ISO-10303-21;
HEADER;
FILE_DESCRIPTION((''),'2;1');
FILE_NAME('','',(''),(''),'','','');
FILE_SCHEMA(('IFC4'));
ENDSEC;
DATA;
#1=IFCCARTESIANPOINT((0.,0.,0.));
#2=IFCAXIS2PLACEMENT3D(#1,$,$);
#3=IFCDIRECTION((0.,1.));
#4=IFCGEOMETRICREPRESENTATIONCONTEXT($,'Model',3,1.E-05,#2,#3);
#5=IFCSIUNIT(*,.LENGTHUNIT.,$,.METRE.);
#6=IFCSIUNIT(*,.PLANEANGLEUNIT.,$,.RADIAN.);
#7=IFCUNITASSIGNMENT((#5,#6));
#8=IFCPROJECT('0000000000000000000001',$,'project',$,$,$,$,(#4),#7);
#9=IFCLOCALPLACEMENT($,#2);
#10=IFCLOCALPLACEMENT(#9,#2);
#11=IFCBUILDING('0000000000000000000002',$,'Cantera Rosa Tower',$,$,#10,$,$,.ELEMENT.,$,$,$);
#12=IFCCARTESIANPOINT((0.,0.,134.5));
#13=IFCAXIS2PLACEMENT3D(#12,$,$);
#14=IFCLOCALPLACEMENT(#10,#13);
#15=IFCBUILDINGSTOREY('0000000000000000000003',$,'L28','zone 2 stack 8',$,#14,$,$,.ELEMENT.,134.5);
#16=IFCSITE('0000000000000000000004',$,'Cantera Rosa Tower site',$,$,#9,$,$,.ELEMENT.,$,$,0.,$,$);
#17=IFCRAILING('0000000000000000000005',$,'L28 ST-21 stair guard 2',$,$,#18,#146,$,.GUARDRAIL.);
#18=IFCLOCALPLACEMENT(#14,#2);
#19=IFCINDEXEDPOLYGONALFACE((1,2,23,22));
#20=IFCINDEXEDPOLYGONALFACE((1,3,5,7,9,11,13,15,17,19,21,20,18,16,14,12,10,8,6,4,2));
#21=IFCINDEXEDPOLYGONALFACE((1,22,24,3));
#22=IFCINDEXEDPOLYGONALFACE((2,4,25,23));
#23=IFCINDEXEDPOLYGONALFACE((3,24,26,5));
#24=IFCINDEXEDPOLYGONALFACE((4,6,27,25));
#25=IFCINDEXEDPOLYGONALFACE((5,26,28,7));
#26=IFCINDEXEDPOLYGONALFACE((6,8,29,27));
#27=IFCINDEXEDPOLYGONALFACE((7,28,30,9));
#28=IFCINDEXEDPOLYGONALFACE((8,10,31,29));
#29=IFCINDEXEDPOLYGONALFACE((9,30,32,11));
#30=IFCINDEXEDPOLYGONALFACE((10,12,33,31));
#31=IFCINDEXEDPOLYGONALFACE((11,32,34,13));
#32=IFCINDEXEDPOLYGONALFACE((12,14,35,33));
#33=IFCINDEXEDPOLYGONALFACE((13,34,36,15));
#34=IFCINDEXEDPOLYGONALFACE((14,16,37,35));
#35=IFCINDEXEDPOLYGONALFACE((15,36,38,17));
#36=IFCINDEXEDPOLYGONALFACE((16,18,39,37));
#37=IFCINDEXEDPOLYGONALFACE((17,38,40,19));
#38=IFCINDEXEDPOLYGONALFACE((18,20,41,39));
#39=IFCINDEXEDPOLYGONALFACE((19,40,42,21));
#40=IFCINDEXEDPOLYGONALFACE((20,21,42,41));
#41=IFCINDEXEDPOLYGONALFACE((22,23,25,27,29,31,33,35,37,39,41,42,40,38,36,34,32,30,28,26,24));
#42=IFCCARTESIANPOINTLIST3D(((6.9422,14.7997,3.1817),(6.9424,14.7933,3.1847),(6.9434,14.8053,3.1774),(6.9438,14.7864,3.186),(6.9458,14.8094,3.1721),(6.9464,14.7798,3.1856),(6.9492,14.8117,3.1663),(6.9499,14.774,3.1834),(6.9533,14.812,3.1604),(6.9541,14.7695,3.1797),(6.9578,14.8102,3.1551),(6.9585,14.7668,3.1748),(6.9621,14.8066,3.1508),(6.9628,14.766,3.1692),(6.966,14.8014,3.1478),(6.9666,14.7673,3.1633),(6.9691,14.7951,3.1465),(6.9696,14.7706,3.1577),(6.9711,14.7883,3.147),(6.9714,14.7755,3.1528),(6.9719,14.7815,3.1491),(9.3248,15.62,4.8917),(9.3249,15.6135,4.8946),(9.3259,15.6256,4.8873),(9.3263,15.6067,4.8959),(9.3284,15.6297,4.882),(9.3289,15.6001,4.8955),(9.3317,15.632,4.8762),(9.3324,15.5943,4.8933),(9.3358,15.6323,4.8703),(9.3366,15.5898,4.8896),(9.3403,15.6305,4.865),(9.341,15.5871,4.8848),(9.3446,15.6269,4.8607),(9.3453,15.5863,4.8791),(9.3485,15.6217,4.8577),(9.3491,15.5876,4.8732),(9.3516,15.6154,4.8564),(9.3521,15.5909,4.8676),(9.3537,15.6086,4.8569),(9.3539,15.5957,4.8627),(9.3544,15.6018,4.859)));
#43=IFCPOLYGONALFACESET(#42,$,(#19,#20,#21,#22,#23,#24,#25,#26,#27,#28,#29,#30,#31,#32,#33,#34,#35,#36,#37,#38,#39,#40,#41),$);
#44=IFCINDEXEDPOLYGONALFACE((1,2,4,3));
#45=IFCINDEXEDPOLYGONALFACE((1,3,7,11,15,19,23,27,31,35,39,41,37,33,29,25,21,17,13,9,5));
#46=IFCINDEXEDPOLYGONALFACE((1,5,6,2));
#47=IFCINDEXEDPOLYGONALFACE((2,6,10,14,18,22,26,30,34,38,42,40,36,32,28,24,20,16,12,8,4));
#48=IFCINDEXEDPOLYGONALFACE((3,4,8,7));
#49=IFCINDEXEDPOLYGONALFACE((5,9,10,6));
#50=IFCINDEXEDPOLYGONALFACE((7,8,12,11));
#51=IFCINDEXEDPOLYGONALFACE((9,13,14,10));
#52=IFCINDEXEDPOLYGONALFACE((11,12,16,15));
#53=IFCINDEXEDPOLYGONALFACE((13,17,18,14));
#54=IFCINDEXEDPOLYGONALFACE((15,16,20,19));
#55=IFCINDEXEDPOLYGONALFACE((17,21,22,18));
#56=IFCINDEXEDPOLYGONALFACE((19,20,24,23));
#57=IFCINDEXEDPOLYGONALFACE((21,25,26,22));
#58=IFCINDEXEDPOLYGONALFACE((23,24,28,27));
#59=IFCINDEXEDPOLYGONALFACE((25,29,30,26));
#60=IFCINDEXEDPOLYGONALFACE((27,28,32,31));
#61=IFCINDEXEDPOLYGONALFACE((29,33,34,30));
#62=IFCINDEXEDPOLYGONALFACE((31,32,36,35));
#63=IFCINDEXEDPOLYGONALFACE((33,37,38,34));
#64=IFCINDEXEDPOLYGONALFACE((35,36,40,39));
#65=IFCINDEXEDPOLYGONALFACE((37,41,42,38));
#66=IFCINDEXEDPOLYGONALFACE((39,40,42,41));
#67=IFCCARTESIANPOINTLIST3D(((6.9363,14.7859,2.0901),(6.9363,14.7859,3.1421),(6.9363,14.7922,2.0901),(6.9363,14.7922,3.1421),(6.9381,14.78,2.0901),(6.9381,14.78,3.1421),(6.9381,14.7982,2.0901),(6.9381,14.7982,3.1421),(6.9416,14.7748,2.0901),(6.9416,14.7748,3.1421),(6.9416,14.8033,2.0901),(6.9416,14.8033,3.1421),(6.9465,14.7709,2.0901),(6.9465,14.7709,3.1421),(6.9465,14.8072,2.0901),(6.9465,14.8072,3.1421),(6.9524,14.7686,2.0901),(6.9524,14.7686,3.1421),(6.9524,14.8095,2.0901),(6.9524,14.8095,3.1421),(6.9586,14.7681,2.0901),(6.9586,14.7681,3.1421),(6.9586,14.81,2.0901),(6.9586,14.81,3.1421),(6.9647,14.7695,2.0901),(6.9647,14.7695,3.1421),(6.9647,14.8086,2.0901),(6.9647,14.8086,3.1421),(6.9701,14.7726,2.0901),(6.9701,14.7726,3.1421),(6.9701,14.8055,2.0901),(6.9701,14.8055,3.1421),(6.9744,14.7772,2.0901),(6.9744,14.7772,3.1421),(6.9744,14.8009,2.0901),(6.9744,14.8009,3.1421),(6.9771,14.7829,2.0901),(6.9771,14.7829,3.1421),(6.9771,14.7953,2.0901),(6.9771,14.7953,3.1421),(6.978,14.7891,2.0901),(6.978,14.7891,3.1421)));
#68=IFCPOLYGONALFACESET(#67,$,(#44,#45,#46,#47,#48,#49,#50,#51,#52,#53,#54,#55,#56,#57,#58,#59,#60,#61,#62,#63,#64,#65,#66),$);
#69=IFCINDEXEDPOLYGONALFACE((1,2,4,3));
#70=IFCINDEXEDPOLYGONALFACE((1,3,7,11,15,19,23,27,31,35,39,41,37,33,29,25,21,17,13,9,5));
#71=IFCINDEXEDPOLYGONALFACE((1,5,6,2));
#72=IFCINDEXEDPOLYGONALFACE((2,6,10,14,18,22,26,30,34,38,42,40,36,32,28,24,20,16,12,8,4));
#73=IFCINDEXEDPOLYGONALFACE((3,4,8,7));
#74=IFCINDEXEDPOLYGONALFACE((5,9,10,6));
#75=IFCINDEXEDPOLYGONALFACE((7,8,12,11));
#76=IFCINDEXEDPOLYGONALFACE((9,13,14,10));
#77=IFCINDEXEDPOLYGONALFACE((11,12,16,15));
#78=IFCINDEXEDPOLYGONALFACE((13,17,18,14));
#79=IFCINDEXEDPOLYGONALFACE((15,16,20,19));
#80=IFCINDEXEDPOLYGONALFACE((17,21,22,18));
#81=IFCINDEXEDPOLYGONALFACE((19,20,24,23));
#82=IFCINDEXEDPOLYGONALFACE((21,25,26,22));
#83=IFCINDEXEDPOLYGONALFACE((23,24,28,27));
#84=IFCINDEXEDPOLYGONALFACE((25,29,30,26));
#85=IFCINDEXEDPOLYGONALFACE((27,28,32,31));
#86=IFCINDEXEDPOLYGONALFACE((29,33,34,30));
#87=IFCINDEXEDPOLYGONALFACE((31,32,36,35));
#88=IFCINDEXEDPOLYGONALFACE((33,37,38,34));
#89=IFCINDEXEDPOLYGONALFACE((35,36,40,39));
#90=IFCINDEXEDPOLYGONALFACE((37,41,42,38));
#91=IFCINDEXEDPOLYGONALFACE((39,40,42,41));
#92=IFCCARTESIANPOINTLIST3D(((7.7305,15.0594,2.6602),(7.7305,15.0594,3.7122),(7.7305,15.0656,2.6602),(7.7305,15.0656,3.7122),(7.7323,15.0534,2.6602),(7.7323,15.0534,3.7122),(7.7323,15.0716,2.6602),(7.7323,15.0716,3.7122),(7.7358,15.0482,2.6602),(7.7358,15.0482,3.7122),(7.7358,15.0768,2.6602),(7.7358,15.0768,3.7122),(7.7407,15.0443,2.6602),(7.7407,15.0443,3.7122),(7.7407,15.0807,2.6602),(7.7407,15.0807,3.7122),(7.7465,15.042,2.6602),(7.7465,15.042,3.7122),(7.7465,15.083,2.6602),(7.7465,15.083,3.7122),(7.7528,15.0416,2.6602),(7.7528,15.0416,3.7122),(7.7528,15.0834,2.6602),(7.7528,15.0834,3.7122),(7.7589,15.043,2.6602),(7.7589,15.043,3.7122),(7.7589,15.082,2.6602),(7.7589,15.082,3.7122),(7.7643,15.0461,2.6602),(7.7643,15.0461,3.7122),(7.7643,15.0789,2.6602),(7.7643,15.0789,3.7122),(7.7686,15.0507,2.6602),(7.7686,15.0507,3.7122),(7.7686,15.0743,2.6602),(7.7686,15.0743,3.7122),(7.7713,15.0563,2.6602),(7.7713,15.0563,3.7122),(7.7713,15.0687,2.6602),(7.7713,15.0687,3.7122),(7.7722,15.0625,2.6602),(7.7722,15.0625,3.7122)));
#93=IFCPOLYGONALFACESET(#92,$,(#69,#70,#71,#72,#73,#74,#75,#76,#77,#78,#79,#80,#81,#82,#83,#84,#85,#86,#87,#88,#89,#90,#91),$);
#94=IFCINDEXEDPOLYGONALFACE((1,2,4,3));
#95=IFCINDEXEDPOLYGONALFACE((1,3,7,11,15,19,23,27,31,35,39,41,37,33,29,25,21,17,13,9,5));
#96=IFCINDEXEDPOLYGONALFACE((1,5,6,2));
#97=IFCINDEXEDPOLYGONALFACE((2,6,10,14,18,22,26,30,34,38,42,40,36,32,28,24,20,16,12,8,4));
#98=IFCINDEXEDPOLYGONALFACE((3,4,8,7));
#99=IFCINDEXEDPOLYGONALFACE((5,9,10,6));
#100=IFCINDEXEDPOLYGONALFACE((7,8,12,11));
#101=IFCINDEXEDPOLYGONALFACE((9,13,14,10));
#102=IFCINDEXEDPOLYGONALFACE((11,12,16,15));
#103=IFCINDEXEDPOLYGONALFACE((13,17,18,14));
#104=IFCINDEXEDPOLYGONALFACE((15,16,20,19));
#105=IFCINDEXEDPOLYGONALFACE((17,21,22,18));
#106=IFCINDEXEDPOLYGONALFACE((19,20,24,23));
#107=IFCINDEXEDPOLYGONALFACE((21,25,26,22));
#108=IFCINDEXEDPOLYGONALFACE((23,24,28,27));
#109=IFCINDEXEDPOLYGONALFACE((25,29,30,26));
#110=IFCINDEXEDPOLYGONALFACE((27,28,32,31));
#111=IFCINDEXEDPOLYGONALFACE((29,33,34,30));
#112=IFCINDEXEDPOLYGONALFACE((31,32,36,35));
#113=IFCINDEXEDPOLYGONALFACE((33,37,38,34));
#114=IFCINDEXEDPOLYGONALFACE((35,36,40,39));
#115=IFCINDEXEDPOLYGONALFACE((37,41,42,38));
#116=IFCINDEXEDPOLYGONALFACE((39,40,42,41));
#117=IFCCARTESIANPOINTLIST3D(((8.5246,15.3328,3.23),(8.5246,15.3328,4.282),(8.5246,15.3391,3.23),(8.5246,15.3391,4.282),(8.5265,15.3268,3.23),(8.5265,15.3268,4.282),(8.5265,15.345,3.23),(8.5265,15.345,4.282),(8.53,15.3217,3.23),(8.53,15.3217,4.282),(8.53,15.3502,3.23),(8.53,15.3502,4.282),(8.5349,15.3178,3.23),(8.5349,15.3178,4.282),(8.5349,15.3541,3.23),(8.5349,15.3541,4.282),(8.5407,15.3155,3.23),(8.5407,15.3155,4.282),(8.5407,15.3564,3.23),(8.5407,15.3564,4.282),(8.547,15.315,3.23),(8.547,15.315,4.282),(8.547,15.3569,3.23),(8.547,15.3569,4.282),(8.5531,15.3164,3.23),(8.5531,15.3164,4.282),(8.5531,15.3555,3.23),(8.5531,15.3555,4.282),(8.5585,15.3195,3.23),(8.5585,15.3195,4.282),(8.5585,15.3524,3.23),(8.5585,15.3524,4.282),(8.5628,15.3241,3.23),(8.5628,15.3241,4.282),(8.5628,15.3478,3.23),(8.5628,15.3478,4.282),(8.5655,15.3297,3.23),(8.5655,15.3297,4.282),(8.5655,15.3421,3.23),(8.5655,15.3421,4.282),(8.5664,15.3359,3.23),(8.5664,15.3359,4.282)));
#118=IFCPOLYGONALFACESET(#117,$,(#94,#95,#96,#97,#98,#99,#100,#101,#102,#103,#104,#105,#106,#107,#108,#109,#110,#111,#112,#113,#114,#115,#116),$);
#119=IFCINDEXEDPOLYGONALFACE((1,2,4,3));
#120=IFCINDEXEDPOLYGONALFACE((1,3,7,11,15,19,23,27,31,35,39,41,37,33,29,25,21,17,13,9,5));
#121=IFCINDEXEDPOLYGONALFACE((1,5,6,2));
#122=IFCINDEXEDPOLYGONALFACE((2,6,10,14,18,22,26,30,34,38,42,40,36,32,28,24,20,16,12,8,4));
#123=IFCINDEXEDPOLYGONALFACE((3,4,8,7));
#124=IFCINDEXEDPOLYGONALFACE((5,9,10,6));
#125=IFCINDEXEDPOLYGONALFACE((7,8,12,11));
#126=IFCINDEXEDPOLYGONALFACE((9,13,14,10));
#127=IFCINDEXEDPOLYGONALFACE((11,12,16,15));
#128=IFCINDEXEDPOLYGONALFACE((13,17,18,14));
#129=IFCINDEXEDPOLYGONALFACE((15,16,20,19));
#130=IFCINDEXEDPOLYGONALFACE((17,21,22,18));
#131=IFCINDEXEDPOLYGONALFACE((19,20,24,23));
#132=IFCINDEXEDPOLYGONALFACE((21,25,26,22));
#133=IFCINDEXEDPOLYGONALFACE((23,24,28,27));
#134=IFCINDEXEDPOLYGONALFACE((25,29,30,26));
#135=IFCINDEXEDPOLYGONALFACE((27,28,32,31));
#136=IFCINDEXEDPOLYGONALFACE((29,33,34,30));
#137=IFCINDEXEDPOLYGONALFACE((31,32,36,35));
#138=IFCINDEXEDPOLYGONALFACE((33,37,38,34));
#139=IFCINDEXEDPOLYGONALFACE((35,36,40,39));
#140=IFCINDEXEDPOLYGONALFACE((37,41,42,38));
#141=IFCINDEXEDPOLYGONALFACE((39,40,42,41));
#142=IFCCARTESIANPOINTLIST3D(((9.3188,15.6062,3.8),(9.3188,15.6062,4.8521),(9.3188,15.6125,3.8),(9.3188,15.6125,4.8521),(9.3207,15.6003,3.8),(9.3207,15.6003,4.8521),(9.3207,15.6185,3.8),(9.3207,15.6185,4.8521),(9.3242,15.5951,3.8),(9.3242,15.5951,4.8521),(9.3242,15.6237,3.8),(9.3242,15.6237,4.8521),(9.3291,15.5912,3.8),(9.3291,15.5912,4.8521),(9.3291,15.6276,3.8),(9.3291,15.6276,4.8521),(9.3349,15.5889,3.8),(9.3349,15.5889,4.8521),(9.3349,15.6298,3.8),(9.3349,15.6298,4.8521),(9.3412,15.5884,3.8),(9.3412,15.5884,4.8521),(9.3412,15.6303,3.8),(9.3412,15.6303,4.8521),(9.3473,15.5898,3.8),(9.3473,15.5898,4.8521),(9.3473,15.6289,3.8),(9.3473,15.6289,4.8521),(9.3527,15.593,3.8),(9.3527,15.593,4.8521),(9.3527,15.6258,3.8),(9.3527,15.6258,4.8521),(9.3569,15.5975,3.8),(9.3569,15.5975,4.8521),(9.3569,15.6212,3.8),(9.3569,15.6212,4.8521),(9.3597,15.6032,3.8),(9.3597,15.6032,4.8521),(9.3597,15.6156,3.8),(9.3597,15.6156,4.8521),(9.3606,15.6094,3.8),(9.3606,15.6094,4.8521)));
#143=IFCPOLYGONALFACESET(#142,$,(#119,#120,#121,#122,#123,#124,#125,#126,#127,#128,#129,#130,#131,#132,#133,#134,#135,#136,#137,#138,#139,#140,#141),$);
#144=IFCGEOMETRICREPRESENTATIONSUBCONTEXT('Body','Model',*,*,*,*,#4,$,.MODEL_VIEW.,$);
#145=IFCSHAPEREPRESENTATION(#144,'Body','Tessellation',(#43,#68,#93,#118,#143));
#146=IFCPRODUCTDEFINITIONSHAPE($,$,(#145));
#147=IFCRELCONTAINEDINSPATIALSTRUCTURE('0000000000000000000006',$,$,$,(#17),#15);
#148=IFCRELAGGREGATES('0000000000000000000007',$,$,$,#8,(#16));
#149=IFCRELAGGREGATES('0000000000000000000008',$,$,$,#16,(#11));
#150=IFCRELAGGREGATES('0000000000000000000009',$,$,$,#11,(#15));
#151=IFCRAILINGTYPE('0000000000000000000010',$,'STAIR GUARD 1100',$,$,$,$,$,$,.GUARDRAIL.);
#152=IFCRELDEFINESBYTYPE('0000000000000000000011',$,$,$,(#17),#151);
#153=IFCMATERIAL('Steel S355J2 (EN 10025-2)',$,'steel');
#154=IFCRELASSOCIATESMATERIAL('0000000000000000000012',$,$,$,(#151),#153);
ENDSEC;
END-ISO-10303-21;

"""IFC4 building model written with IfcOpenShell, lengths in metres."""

from ifc_helpers import new_model, si_unit, direction, frame, origin, origin_2d, place, context, subcontext, project, spatial, circle, extrude, material, type_object, element, save


model = new_model("IFC4")

# Units and contexts
model_context = context("Model", 3, precision=1e-05, world=origin(), true_north=direction((0.0, 1.0)))
body_context = subcontext(model_context, "Body", "Model", "MODEL_VIEW")
ifc_project = project(units=[si_unit("LENGTHUNIT", "METRE"), si_unit("PLANEANGLEUNIT", "RADIAN")], contexts=[model_context])

# Site, building, storey
site_placement = place(None, origin())
site = spatial("IfcSite", under=ifc_project, at=site_placement, Name="Cantera Rosa Tower site", CompositionType="ELEMENT", RefElevation=0.0)
building_placement = place(site_placement, origin())
building = spatial("IfcBuilding", under=site, at=building_placement, Name="Cantera Rosa Tower", CompositionType="ELEMENT")
storey_placement = place(building_placement, frame((0.0, 0.0, 134.5)))
storey = spatial("IfcBuildingStorey", under=building, at=storey_placement, Name="L28", Description="zone 2 stack 8", CompositionType="ELEMENT", Elevation=134.5)

# Railing
ifc_material_1 = material(Name="Steel S355J2 (EN 10025-2)", Category="steel")
railing_type_1 = type_object("IfcRailingType", Name="STAIR GUARD 1100", PredefinedType="GUARDRAIL", material=ifc_material_1)
railing_1_placement = place(storey_placement, frame((6.957, 14.7891, 2.0901)))
element("IfcRailing", 1, at=railing_1_placement, inside=storey, type_object=railing_type_1, Name="L28 ST-21 stair guard 2", PredefinedType="GUARDRAIL", context=body_context, shape_type="SweptSolid", body=[
    extrude(circle(Radius=0.0239, at=origin_2d()), frame((0.0, 0.0, 1.0762), z_axis=(0.78239, 0.269375, 0.561519), x_axis=(-0.325543, 0.945527, 0.0)), (0.0, 0.0, 1.0), 3.0452),
    extrude(circle(Radius=0.021, at=origin_2d()), origin(), (0.0, 0.0, 1.0), 1.052),
    extrude(circle(Radius=0.021, at=origin_2d()), frame((0.7942, 0.2734, 0.5701)), (0.0, 0.0, 1.0), 1.052),
    extrude(circle(Radius=0.021, at=origin_2d()), frame((1.5884, 0.5469, 1.1399)), (0.0, 0.0, 1.0), 1.052),
    extrude(circle(Radius=0.021, at=origin_2d()), frame((2.3826, 0.8203, 1.71)), (0.0, 0.0, 1.0), 1.052),
])

save(model, "model.ifc")
